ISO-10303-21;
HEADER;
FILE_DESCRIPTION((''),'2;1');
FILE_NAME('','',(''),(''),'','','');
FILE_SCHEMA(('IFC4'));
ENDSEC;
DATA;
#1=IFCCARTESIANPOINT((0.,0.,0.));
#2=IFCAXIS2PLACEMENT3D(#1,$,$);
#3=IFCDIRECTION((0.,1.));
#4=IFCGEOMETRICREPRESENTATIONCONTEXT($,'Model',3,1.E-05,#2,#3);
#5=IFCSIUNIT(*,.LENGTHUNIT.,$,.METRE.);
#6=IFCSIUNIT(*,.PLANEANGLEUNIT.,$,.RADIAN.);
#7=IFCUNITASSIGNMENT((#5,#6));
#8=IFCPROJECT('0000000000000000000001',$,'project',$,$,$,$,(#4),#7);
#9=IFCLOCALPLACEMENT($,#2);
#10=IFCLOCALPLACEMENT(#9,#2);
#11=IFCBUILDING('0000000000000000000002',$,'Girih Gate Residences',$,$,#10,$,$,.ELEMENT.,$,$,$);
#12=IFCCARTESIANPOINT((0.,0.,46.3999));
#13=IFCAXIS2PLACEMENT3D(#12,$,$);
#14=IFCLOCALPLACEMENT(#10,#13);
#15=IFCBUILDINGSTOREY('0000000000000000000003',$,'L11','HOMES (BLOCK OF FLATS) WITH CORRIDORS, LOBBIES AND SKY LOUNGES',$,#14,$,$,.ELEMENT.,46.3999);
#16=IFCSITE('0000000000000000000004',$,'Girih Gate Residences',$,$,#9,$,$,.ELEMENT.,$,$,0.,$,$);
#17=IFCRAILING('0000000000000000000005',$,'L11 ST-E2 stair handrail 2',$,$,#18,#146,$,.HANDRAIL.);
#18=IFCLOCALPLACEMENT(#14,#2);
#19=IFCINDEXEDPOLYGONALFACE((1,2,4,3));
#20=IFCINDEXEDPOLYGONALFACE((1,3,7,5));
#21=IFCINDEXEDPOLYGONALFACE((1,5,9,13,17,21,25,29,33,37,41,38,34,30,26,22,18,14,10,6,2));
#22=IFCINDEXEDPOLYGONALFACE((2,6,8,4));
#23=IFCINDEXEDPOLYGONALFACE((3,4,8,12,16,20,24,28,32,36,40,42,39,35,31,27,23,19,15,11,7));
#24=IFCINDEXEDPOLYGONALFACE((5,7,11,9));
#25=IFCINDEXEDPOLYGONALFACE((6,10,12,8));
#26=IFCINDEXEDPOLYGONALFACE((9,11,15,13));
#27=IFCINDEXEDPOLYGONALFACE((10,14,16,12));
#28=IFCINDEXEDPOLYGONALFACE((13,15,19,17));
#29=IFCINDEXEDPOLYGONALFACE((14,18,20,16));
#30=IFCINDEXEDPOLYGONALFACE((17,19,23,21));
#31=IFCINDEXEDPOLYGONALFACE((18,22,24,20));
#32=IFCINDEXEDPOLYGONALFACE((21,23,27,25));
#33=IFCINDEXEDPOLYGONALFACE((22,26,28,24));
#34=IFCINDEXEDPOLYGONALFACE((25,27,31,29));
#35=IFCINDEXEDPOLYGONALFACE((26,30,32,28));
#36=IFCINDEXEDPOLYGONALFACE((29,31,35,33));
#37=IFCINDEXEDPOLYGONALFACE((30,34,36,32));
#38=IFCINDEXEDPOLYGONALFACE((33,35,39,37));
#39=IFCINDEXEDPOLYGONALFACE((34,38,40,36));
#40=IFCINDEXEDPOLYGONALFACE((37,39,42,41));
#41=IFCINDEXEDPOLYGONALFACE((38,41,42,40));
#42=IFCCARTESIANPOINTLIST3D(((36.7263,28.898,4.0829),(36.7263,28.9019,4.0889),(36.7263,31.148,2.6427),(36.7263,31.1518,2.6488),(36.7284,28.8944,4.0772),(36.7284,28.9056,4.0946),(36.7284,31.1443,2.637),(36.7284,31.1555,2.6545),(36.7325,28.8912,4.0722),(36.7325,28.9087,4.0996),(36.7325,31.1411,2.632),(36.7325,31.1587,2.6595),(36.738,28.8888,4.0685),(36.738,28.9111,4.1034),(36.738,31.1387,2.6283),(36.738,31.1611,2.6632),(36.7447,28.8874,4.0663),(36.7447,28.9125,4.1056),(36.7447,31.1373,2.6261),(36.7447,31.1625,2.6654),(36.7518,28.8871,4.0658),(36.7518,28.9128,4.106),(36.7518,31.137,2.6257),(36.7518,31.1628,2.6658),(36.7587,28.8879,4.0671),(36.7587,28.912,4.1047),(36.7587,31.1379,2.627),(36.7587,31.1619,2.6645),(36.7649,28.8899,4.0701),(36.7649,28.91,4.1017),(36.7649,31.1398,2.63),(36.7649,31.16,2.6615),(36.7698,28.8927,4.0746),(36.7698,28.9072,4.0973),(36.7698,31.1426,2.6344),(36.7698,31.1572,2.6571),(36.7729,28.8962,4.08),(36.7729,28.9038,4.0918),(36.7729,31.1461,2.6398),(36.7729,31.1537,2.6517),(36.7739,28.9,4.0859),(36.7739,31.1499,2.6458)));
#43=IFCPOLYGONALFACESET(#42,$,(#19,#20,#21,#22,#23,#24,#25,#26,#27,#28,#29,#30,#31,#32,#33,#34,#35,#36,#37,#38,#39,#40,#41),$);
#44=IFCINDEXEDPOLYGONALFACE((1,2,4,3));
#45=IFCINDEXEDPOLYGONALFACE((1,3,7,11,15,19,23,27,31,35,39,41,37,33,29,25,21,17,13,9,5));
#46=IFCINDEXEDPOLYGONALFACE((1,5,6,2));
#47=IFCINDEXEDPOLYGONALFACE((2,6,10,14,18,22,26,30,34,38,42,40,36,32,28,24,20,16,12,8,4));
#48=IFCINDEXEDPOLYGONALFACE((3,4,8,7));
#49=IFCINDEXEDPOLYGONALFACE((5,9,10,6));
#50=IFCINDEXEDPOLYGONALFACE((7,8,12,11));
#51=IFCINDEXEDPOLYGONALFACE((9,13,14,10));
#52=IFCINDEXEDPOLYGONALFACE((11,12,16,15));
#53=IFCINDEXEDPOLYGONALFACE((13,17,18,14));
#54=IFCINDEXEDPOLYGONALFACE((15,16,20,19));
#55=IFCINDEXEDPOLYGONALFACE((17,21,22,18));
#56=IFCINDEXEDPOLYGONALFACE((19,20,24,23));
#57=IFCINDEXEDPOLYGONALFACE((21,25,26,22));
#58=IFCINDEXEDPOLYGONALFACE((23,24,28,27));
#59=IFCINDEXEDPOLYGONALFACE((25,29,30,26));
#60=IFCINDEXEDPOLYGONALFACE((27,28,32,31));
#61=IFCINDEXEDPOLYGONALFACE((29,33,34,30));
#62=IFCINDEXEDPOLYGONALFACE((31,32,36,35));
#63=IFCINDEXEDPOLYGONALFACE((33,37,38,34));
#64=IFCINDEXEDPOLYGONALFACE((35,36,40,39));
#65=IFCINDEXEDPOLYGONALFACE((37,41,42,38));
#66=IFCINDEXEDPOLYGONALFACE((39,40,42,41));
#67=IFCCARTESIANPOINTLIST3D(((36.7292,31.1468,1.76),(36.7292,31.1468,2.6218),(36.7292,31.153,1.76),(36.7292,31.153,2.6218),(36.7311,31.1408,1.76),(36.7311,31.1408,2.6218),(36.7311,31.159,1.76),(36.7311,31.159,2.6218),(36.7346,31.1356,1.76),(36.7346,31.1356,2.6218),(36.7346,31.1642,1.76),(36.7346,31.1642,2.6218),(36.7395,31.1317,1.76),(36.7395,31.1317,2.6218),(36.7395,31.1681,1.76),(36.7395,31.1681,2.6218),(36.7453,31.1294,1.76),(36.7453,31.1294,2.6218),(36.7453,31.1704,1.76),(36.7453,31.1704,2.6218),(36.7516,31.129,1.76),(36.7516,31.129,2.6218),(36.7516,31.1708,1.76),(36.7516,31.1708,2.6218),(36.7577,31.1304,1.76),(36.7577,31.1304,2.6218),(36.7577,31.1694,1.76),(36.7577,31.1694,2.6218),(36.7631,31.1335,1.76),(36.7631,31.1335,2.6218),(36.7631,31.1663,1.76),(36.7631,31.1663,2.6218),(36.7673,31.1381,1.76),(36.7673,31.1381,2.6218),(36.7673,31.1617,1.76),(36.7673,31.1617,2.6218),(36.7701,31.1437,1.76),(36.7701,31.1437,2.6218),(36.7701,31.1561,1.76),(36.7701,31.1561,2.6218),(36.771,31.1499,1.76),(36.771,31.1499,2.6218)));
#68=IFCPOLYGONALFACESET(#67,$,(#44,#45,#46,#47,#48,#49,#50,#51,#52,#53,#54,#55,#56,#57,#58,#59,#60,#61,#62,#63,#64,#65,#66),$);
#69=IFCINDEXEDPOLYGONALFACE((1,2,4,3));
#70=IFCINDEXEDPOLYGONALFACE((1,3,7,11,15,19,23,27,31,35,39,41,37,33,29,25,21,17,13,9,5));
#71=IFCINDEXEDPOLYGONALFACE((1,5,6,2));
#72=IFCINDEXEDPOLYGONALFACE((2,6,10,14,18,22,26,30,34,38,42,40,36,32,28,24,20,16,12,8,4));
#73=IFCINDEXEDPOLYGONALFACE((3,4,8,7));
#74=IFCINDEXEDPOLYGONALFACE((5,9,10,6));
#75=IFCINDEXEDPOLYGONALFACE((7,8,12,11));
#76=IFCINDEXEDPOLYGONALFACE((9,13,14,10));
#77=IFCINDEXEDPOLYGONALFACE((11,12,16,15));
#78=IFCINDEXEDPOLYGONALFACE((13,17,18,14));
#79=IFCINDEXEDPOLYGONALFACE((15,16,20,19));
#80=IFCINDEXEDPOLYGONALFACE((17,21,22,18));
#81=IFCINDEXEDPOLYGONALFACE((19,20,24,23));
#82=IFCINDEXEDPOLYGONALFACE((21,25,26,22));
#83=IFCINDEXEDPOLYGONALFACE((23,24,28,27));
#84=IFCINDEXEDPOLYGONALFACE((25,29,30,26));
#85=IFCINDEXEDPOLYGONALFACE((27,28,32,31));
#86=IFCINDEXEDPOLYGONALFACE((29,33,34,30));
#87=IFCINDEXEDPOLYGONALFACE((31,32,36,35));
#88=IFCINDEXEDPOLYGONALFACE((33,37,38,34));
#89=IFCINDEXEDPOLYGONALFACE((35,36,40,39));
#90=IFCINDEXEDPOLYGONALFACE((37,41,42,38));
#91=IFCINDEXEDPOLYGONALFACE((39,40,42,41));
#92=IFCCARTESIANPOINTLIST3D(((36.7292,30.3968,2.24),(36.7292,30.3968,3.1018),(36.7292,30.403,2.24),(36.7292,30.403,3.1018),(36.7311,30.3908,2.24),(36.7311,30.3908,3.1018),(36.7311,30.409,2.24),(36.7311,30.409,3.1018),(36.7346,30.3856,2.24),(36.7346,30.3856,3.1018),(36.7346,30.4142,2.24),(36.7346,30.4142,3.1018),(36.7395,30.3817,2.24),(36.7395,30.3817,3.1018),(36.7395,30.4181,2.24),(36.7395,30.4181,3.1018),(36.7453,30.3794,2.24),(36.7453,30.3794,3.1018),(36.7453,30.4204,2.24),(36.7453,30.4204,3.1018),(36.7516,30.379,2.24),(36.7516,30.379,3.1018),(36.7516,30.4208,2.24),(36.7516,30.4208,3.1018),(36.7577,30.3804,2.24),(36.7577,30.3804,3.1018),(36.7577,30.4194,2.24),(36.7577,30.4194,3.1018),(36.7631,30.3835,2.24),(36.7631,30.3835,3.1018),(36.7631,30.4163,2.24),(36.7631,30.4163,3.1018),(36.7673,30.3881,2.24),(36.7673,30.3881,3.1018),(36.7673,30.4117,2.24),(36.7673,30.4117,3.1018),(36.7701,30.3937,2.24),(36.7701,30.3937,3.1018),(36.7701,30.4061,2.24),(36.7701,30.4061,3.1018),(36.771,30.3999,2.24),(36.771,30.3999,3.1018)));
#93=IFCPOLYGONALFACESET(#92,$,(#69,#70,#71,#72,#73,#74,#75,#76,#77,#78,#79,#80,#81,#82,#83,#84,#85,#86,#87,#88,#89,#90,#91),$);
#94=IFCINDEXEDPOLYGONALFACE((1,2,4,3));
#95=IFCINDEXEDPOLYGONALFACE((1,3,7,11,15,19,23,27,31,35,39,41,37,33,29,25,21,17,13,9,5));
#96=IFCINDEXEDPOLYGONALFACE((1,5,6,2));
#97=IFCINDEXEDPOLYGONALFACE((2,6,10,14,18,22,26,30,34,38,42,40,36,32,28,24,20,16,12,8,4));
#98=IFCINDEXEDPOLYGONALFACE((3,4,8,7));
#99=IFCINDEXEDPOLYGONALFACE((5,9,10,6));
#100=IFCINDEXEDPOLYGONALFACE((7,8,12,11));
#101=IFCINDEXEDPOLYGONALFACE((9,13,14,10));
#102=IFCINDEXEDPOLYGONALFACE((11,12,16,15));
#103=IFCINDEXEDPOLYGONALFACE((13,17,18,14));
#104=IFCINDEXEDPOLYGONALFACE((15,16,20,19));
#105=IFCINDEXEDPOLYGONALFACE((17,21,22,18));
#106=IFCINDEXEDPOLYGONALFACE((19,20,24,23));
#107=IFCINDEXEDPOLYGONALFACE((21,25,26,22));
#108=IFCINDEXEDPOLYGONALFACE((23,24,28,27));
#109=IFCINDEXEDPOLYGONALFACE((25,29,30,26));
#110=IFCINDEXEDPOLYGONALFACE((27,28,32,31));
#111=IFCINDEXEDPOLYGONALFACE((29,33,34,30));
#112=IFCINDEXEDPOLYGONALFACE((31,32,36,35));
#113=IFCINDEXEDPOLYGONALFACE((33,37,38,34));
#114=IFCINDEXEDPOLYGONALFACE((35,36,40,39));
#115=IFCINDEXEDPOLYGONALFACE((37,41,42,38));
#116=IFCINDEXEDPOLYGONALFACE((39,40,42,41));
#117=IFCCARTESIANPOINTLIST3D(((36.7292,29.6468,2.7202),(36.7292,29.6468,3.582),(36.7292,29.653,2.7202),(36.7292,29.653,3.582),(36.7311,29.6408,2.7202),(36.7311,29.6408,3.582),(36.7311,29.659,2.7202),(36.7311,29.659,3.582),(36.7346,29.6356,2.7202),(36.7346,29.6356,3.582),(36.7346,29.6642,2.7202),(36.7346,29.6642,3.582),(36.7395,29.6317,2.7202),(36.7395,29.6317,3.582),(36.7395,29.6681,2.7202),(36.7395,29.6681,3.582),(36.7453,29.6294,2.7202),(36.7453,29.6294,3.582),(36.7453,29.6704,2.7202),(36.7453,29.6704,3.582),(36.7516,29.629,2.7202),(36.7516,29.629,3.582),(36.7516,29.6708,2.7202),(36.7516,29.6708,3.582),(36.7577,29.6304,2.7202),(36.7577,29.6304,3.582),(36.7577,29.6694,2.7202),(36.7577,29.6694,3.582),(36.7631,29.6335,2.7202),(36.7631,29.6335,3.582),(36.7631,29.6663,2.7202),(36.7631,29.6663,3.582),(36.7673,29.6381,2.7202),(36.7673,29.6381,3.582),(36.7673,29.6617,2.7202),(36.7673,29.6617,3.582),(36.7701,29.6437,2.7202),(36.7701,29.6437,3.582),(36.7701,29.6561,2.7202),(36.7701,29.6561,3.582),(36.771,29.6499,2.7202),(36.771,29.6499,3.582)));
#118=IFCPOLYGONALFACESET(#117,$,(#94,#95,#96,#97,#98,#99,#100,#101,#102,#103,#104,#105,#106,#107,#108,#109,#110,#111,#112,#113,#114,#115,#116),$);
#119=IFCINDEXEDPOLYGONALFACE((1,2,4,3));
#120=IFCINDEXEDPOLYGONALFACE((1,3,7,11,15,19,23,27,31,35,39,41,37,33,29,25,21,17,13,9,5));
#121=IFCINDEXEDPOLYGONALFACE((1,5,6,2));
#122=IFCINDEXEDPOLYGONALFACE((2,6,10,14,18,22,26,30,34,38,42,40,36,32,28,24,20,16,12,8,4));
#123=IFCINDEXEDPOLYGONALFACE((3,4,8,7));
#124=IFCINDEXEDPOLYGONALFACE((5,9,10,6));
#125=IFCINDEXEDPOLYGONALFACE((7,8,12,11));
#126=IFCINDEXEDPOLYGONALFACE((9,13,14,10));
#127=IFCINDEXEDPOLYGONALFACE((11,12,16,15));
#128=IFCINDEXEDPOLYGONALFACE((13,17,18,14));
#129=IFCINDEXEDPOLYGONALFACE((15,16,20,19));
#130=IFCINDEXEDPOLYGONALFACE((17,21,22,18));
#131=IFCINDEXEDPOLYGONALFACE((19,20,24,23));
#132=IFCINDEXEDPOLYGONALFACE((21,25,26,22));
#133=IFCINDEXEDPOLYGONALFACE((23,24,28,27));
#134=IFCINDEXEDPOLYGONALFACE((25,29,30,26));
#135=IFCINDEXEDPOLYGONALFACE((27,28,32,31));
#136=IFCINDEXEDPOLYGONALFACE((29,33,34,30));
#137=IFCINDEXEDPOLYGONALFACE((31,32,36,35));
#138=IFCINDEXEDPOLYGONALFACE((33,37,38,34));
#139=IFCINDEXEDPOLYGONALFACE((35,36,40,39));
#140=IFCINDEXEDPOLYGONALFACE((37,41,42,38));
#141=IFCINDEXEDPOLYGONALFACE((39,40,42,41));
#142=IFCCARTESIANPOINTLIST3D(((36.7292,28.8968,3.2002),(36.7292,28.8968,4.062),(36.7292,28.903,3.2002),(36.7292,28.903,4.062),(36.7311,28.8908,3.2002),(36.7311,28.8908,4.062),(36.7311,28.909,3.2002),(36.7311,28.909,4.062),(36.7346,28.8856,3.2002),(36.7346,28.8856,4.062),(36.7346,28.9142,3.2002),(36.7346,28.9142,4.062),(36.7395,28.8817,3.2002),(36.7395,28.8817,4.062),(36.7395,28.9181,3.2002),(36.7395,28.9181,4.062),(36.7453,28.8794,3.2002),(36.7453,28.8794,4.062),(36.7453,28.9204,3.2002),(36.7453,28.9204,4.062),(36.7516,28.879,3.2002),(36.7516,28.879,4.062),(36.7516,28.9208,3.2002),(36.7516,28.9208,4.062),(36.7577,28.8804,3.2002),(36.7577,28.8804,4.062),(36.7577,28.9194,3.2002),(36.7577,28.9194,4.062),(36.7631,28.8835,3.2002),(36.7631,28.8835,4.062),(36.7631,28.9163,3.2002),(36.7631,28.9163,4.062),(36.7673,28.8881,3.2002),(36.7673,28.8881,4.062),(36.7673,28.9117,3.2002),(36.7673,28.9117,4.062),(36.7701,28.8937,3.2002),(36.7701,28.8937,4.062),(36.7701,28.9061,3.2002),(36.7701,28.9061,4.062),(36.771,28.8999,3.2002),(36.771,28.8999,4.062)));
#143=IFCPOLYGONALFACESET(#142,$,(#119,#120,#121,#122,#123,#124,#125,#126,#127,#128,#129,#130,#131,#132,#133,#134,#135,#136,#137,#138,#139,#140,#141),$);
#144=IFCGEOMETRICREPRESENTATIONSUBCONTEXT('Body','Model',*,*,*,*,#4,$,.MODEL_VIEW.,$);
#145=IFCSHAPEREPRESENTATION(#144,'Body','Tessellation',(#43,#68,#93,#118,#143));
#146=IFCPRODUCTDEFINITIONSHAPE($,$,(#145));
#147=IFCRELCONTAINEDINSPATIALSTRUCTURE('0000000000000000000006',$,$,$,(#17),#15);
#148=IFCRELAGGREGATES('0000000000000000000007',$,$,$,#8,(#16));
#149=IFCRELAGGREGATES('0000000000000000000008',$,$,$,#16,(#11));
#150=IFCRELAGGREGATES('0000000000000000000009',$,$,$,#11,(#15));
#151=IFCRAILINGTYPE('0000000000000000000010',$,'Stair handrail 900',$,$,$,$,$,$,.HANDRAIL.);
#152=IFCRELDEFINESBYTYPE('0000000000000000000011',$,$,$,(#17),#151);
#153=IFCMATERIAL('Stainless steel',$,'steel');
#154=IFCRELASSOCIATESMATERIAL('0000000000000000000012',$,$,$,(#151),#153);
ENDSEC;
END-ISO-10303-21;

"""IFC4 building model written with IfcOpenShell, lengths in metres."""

from ifc_helpers import new_model, si_unit, direction, frame, origin, origin_2d, place, context, subcontext, project, spatial, circle, extrude, material, type_object, element, save


model = new_model("IFC4")

# Units and contexts
model_context = context("Model", 3, precision=1e-05, world=origin(), true_north=direction((0.0, 1.0)))
body_context = subcontext(model_context, "Body", "Model", "MODEL_VIEW")
ifc_project = project(units=[si_unit("LENGTHUNIT", "METRE"), si_unit("PLANEANGLEUNIT", "RADIAN")], contexts=[model_context])

# Site, building, storey
site_placement = place(None, origin())
site = spatial("IfcSite", under=ifc_project, at=site_placement, Name="Girih Gate Residences", CompositionType="ELEMENT", RefElevation=0.0)
building_placement = place(site_placement, origin())
building = spatial("IfcBuilding", under=site, at=building_placement, Name="Girih Gate Residences", CompositionType="ELEMENT")
storey_placement = place(building_placement, frame((0.0, 0.0, 46.3999)))
storey = spatial("IfcBuildingStorey", under=building, at=storey_placement, Name="L11", Description="HOMES (BLOCK OF FLATS) WITH CORRIDORS, LOBBIES AND SKY LOUNGES", CompositionType="ELEMENT", Elevation=46.3999)

# Shared definitions
ifc_material_1 = material(Name="Stainless steel", Category="steel")

# Railing
railing_type_1 = type_object("IfcRailingType", Name="Stair handrail 900", PredefinedType="HANDRAIL", material=ifc_material_1)
railing_1_placement = place(storey_placement, frame((36.75, 31.1499, 1.76)))
element("IfcRailing", 1, at=railing_1_placement, inside=storey, type_object=railing_type_1, Name="L11 ST-E2 stair handrail 2", PredefinedType="HANDRAIL", context=body_context, shape_type="SweptSolid", body=[
    extrude(circle(Radius=0.0239, at=origin_2d()), frame((0.0, 0.0, 0.8857), z_axis=(0.0, -0.84224, 0.539103), x_axis=(1.0, 0.0, 0.0)), (0.0, 0.0, 1.0), 2.6714),
    extrude(circle(Radius=0.021, at=origin_2d()), origin(), (0.0, 0.0, 1.0), 0.8618),
    extrude(circle(Radius=0.021, at=origin_2d()), frame((0.0, -0.75, 0.48)), (0.0, 0.0, 1.0), 0.8618),
    extrude(circle(Radius=0.021, at=origin_2d()), frame((0.0, -1.5, 0.9602)), (0.0, 0.0, 1.0), 0.8618),
    extrude(circle(Radius=0.021, at=origin_2d()), frame((0.0, -2.25, 1.4402)), (0.0, 0.0, 1.0), 0.8618),
])

save(model, "model.ifc")
